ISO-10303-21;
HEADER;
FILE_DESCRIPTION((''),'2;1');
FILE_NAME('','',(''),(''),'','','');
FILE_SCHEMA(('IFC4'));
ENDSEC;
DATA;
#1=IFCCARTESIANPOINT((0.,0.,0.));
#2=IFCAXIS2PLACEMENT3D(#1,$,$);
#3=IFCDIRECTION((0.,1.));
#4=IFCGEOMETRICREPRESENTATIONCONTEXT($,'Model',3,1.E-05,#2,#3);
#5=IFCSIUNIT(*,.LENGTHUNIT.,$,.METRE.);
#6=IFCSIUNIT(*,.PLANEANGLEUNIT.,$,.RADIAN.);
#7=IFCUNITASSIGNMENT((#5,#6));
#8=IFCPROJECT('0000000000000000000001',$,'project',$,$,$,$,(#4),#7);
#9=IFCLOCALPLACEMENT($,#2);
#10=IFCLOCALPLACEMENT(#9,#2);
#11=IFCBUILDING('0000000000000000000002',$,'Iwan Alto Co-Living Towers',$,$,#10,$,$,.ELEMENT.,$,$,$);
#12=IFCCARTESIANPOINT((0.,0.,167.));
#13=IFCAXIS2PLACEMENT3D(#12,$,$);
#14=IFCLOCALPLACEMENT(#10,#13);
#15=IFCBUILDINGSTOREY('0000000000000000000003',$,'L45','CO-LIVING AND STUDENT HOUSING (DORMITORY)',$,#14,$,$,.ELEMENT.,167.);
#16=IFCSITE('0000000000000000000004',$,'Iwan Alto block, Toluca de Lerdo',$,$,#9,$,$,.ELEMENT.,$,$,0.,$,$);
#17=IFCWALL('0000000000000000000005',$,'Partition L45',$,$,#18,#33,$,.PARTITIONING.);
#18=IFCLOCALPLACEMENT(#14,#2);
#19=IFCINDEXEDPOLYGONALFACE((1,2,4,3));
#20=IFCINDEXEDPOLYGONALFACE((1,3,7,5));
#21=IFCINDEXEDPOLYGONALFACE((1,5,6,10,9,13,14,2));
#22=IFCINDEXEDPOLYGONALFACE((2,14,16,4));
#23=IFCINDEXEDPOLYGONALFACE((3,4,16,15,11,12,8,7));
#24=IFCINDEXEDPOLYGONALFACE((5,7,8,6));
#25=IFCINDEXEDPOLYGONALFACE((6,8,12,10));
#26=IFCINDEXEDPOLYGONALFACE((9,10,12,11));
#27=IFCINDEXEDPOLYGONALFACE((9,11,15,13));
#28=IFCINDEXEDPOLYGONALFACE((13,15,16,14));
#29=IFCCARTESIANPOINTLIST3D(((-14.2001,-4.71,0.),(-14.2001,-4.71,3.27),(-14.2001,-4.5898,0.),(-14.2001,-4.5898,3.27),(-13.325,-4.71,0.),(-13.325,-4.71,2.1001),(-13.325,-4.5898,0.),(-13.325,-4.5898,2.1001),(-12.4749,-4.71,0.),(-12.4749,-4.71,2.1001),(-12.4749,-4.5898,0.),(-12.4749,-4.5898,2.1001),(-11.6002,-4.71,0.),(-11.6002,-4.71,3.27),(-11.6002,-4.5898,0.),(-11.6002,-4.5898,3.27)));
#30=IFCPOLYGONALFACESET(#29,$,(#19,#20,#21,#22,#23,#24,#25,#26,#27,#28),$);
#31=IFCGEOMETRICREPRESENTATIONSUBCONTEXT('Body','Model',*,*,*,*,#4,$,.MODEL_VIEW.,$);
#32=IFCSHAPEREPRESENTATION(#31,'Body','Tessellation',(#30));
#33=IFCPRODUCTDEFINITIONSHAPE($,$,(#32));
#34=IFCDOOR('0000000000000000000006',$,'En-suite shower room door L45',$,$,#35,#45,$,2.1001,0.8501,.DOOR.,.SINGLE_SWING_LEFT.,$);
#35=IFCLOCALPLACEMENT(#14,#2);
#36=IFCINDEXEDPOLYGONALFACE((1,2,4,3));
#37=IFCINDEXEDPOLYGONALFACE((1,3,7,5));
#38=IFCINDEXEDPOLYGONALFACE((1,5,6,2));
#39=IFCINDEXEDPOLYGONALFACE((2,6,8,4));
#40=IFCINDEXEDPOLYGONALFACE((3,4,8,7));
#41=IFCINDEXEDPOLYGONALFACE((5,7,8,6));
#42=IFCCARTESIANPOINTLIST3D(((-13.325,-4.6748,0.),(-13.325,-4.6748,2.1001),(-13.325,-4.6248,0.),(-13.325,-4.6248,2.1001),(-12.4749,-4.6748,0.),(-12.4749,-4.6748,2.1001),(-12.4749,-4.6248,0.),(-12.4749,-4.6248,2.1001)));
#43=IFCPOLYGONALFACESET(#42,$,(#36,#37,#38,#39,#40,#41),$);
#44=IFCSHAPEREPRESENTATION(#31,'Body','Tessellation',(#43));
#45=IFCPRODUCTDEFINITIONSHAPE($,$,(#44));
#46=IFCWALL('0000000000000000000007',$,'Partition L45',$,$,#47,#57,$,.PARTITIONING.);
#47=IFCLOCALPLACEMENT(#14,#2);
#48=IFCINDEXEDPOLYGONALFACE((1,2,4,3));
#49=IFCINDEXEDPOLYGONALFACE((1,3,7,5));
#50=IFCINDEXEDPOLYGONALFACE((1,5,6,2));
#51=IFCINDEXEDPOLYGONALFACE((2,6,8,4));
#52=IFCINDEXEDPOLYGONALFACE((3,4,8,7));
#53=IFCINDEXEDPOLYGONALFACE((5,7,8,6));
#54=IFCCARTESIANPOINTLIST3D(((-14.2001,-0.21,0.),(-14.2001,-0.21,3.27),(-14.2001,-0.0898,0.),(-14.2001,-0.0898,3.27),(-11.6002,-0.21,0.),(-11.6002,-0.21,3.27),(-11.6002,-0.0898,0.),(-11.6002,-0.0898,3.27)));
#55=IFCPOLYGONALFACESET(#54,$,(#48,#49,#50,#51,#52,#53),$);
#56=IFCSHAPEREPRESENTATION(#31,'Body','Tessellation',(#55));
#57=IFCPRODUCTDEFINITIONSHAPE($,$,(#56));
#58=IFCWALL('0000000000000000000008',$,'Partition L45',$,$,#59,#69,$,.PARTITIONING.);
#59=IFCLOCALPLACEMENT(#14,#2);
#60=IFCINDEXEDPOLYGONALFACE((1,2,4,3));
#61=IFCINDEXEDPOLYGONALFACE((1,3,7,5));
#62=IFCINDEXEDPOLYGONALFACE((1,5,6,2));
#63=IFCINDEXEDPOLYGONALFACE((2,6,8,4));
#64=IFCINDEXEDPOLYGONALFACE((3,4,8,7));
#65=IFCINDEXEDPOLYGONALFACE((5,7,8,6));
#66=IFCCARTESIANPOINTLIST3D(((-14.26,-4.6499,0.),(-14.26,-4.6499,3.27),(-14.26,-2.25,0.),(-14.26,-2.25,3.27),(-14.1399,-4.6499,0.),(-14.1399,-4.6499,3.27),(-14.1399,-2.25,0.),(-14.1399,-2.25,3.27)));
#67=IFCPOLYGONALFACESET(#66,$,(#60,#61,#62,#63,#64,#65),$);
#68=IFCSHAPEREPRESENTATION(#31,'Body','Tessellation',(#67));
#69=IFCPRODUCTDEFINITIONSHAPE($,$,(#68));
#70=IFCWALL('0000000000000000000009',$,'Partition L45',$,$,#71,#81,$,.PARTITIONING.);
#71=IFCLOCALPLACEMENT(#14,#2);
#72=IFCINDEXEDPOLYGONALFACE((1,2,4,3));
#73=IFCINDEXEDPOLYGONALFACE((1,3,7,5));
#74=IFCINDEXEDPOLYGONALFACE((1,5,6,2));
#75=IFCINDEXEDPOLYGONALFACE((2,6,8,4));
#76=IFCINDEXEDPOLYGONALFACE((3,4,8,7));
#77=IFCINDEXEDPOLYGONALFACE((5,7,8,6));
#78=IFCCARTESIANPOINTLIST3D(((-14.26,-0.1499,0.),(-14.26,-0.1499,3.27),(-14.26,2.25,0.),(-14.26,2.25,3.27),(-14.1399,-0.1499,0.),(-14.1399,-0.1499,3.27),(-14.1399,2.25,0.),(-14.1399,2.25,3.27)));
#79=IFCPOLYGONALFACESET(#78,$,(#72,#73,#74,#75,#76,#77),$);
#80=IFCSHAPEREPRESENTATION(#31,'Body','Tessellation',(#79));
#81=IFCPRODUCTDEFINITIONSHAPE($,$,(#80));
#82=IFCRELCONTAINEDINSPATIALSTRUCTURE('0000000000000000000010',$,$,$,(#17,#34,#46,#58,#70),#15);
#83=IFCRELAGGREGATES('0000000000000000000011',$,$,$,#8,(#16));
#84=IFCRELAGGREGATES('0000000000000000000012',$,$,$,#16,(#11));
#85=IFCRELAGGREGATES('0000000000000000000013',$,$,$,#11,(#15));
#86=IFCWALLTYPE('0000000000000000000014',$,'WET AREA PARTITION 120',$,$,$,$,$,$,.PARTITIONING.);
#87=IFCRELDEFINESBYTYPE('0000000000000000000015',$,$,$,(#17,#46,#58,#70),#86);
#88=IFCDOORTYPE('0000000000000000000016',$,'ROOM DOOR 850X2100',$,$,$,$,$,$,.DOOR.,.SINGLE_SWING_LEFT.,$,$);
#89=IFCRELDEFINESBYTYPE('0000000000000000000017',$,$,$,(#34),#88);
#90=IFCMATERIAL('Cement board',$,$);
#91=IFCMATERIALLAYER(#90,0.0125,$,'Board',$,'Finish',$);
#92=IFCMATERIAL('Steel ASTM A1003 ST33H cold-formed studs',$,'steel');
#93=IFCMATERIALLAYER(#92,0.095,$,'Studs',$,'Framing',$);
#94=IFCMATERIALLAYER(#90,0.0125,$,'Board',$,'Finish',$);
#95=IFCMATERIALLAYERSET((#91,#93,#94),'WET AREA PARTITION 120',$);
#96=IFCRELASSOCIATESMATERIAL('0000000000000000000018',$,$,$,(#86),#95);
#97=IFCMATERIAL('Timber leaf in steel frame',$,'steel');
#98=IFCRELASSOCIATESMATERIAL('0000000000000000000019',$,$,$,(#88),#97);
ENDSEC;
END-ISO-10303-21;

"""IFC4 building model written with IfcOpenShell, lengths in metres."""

from ifc_helpers import new_model, si_unit, direction, frame, frame_2d, origin, place, context, subcontext, project, spatial, rectangle, extrude, material, layer, layer_set, type_object, element, fill, save


model = new_model("IFC4")

# Units and contexts
model_context = context("Model", 3, precision=1e-05, world=origin(), true_north=direction((0.0, 1.0)))
body_context = subcontext(model_context, "Body", "Model", "MODEL_VIEW")
ifc_project = project(units=[si_unit("LENGTHUNIT", "METRE"), si_unit("PLANEANGLEUNIT", "RADIAN")], contexts=[model_context])

# Site, building, storey
site_placement = place(None, origin())
site = spatial("IfcSite", under=ifc_project, at=site_placement, Name="Iwan Alto block, Toluca de Lerdo", CompositionType="ELEMENT", RefElevation=0.0)
building_placement = place(site_placement, origin())
building = spatial("IfcBuilding", under=site, at=building_placement, Name="Iwan Alto Co-Living Towers", CompositionType="ELEMENT")
storey_placement = place(building_placement, frame((0.0, 0.0, 167.0)))
storey = spatial("IfcBuildingStorey", under=building, at=storey_placement, Name="L45", Description="CO-LIVING AND STUDENT HOUSING (DORMITORY)", CompositionType="ELEMENT", Elevation=167.0)

# Shared definitions
ifc_material_1 = material(Name="Steel ASTM A1003 ST33H cold-formed studs", Category="steel")

# Wall, opening, door
ifc_material_2 = material(Name="Cement board")
ifc_layer_1 = layer(ifc_material_2, 0.0125, Name="Board", Category="Finish")
ifc_layer_2 = layer(ifc_material_1, 0.095, Name="Studs", Category="Framing")
ifc_layer_3 = layer(ifc_material_2, 0.0125, Name="Board", Category="Finish")
ifc_layer_set_1 = layer_set([ifc_layer_1, ifc_layer_2, ifc_layer_3], Name="WET AREA PARTITION 120")
wall_type_1 = type_object("IfcWallType", Name="WET AREA PARTITION 120", PredefinedType="PARTITIONING", material=ifc_layer_set_1)
wall_1_placement = place(storey_placement, frame((-14.2, -4.6499, 0.0), z_axis=(0.0, 0.0, 1.0), x_axis=(1.0, 0.0, 0.0)))
wall_1 = element("IfcWall", 1, at=wall_1_placement, inside=storey, type_object=wall_type_1, Name="Partition L45", PredefinedType="PARTITIONING", context=body_context, shape_type="SweptSolid", body=[
    extrude(rectangle(XDim=2.5999, YDim=0.1201, at=frame_2d((1.2998, 0.0))), origin(), (0.0, 0.0, 1.0), 3.27),
])
opening_1_placement = place(wall_1_placement, frame((0.875, 0.0, 0.0)))
opening_1 = element("IfcOpeningElement", 2, at=opening_1_placement, cuts=wall_1, PredefinedType="OPENING", context=body_context, shape_type="SweptSolid", body=[
    extrude(rectangle(XDim=0.8501, YDim=2.1001, at=frame_2d((0.425, 1.05))), frame((0.0, 0.0701, 0.0), z_axis=(0.0, -1.0, 0.0), x_axis=(1.0, 0.0, 0.0)), (0.0, 0.0, 1.0), 0.1401),
])
ifc_material_3 = material(Name="Timber leaf in steel frame", Category="steel")
door_type_1 = type_object("IfcDoorType", Name="ROOM DOOR 850X2100", OperationType="SINGLE_SWING_LEFT", PredefinedType="DOOR", material=ifc_material_3)
door_1_placement = place(opening_1_placement, frame((0.8501, 0.0, 0.0), z_axis=(0.0, 0.0, 1.0), x_axis=(-1.0, 0.0, 0.0)))
door_1 = element("IfcDoor", 3, at=door_1_placement, inside=storey, type_object=door_type_1, Name="En-suite shower room door L45", OperationType="SINGLE_SWING_LEFT", OverallHeight=2.1001, OverallWidth=0.8501, PredefinedType="DOOR", context=body_context, shape_type="SweptSolid", body=[
    extrude(rectangle(XDim=0.8501, YDim=2.1001, at=frame_2d((0.425, 1.05))), frame((0.0, 0.0249, 0.0), z_axis=(0.0, -1.0, 0.0), x_axis=(1.0, 0.0, 0.0)), (0.0, 0.0, 1.0), 0.05),
])
fill(opening_1, door_1)

# Walls
wall_2_placement = place(storey_placement, frame((-14.2, -0.1499, 0.0), z_axis=(0.0, 0.0, 1.0), x_axis=(1.0, 0.0, 0.0)))
element("IfcWall", 4, at=wall_2_placement, inside=storey, type_object=wall_type_1, Name="Partition L45", PredefinedType="PARTITIONING", context=body_context, shape_type="SweptSolid", body=[
    extrude(rectangle(XDim=2.5999, YDim=0.1201, at=frame_2d((1.2998, 0.0))), origin(), (0.0, 0.0, 1.0), 3.27),
])
for number, where, z_axis, x_axis, name in (
    (5, (-14.2, -4.6499, 0.0), (0.0, 0.0, 1.0), (0.0, 1.0, 0.0), "Partition L45"),
    (6, (-14.2, -0.1499, 0.0), (0.0, 0.0, 1.0), (0.0, 1.0, 0.0), "Partition L45"),
):
    element("IfcWall", number, at=place(storey_placement, frame(where, z_axis=z_axis, x_axis=x_axis)), inside=storey, type_object=wall_type_1, Name=name, PredefinedType="PARTITIONING", context=body_context, shape_type="SweptSolid", body=[
        extrude(rectangle(XDim=2.3999, YDim=0.1201, at=frame_2d((1.2, 0.0))), origin(), (0.0, 0.0, 1.0), 3.27),
    ])

save(model, "model.ifc")
